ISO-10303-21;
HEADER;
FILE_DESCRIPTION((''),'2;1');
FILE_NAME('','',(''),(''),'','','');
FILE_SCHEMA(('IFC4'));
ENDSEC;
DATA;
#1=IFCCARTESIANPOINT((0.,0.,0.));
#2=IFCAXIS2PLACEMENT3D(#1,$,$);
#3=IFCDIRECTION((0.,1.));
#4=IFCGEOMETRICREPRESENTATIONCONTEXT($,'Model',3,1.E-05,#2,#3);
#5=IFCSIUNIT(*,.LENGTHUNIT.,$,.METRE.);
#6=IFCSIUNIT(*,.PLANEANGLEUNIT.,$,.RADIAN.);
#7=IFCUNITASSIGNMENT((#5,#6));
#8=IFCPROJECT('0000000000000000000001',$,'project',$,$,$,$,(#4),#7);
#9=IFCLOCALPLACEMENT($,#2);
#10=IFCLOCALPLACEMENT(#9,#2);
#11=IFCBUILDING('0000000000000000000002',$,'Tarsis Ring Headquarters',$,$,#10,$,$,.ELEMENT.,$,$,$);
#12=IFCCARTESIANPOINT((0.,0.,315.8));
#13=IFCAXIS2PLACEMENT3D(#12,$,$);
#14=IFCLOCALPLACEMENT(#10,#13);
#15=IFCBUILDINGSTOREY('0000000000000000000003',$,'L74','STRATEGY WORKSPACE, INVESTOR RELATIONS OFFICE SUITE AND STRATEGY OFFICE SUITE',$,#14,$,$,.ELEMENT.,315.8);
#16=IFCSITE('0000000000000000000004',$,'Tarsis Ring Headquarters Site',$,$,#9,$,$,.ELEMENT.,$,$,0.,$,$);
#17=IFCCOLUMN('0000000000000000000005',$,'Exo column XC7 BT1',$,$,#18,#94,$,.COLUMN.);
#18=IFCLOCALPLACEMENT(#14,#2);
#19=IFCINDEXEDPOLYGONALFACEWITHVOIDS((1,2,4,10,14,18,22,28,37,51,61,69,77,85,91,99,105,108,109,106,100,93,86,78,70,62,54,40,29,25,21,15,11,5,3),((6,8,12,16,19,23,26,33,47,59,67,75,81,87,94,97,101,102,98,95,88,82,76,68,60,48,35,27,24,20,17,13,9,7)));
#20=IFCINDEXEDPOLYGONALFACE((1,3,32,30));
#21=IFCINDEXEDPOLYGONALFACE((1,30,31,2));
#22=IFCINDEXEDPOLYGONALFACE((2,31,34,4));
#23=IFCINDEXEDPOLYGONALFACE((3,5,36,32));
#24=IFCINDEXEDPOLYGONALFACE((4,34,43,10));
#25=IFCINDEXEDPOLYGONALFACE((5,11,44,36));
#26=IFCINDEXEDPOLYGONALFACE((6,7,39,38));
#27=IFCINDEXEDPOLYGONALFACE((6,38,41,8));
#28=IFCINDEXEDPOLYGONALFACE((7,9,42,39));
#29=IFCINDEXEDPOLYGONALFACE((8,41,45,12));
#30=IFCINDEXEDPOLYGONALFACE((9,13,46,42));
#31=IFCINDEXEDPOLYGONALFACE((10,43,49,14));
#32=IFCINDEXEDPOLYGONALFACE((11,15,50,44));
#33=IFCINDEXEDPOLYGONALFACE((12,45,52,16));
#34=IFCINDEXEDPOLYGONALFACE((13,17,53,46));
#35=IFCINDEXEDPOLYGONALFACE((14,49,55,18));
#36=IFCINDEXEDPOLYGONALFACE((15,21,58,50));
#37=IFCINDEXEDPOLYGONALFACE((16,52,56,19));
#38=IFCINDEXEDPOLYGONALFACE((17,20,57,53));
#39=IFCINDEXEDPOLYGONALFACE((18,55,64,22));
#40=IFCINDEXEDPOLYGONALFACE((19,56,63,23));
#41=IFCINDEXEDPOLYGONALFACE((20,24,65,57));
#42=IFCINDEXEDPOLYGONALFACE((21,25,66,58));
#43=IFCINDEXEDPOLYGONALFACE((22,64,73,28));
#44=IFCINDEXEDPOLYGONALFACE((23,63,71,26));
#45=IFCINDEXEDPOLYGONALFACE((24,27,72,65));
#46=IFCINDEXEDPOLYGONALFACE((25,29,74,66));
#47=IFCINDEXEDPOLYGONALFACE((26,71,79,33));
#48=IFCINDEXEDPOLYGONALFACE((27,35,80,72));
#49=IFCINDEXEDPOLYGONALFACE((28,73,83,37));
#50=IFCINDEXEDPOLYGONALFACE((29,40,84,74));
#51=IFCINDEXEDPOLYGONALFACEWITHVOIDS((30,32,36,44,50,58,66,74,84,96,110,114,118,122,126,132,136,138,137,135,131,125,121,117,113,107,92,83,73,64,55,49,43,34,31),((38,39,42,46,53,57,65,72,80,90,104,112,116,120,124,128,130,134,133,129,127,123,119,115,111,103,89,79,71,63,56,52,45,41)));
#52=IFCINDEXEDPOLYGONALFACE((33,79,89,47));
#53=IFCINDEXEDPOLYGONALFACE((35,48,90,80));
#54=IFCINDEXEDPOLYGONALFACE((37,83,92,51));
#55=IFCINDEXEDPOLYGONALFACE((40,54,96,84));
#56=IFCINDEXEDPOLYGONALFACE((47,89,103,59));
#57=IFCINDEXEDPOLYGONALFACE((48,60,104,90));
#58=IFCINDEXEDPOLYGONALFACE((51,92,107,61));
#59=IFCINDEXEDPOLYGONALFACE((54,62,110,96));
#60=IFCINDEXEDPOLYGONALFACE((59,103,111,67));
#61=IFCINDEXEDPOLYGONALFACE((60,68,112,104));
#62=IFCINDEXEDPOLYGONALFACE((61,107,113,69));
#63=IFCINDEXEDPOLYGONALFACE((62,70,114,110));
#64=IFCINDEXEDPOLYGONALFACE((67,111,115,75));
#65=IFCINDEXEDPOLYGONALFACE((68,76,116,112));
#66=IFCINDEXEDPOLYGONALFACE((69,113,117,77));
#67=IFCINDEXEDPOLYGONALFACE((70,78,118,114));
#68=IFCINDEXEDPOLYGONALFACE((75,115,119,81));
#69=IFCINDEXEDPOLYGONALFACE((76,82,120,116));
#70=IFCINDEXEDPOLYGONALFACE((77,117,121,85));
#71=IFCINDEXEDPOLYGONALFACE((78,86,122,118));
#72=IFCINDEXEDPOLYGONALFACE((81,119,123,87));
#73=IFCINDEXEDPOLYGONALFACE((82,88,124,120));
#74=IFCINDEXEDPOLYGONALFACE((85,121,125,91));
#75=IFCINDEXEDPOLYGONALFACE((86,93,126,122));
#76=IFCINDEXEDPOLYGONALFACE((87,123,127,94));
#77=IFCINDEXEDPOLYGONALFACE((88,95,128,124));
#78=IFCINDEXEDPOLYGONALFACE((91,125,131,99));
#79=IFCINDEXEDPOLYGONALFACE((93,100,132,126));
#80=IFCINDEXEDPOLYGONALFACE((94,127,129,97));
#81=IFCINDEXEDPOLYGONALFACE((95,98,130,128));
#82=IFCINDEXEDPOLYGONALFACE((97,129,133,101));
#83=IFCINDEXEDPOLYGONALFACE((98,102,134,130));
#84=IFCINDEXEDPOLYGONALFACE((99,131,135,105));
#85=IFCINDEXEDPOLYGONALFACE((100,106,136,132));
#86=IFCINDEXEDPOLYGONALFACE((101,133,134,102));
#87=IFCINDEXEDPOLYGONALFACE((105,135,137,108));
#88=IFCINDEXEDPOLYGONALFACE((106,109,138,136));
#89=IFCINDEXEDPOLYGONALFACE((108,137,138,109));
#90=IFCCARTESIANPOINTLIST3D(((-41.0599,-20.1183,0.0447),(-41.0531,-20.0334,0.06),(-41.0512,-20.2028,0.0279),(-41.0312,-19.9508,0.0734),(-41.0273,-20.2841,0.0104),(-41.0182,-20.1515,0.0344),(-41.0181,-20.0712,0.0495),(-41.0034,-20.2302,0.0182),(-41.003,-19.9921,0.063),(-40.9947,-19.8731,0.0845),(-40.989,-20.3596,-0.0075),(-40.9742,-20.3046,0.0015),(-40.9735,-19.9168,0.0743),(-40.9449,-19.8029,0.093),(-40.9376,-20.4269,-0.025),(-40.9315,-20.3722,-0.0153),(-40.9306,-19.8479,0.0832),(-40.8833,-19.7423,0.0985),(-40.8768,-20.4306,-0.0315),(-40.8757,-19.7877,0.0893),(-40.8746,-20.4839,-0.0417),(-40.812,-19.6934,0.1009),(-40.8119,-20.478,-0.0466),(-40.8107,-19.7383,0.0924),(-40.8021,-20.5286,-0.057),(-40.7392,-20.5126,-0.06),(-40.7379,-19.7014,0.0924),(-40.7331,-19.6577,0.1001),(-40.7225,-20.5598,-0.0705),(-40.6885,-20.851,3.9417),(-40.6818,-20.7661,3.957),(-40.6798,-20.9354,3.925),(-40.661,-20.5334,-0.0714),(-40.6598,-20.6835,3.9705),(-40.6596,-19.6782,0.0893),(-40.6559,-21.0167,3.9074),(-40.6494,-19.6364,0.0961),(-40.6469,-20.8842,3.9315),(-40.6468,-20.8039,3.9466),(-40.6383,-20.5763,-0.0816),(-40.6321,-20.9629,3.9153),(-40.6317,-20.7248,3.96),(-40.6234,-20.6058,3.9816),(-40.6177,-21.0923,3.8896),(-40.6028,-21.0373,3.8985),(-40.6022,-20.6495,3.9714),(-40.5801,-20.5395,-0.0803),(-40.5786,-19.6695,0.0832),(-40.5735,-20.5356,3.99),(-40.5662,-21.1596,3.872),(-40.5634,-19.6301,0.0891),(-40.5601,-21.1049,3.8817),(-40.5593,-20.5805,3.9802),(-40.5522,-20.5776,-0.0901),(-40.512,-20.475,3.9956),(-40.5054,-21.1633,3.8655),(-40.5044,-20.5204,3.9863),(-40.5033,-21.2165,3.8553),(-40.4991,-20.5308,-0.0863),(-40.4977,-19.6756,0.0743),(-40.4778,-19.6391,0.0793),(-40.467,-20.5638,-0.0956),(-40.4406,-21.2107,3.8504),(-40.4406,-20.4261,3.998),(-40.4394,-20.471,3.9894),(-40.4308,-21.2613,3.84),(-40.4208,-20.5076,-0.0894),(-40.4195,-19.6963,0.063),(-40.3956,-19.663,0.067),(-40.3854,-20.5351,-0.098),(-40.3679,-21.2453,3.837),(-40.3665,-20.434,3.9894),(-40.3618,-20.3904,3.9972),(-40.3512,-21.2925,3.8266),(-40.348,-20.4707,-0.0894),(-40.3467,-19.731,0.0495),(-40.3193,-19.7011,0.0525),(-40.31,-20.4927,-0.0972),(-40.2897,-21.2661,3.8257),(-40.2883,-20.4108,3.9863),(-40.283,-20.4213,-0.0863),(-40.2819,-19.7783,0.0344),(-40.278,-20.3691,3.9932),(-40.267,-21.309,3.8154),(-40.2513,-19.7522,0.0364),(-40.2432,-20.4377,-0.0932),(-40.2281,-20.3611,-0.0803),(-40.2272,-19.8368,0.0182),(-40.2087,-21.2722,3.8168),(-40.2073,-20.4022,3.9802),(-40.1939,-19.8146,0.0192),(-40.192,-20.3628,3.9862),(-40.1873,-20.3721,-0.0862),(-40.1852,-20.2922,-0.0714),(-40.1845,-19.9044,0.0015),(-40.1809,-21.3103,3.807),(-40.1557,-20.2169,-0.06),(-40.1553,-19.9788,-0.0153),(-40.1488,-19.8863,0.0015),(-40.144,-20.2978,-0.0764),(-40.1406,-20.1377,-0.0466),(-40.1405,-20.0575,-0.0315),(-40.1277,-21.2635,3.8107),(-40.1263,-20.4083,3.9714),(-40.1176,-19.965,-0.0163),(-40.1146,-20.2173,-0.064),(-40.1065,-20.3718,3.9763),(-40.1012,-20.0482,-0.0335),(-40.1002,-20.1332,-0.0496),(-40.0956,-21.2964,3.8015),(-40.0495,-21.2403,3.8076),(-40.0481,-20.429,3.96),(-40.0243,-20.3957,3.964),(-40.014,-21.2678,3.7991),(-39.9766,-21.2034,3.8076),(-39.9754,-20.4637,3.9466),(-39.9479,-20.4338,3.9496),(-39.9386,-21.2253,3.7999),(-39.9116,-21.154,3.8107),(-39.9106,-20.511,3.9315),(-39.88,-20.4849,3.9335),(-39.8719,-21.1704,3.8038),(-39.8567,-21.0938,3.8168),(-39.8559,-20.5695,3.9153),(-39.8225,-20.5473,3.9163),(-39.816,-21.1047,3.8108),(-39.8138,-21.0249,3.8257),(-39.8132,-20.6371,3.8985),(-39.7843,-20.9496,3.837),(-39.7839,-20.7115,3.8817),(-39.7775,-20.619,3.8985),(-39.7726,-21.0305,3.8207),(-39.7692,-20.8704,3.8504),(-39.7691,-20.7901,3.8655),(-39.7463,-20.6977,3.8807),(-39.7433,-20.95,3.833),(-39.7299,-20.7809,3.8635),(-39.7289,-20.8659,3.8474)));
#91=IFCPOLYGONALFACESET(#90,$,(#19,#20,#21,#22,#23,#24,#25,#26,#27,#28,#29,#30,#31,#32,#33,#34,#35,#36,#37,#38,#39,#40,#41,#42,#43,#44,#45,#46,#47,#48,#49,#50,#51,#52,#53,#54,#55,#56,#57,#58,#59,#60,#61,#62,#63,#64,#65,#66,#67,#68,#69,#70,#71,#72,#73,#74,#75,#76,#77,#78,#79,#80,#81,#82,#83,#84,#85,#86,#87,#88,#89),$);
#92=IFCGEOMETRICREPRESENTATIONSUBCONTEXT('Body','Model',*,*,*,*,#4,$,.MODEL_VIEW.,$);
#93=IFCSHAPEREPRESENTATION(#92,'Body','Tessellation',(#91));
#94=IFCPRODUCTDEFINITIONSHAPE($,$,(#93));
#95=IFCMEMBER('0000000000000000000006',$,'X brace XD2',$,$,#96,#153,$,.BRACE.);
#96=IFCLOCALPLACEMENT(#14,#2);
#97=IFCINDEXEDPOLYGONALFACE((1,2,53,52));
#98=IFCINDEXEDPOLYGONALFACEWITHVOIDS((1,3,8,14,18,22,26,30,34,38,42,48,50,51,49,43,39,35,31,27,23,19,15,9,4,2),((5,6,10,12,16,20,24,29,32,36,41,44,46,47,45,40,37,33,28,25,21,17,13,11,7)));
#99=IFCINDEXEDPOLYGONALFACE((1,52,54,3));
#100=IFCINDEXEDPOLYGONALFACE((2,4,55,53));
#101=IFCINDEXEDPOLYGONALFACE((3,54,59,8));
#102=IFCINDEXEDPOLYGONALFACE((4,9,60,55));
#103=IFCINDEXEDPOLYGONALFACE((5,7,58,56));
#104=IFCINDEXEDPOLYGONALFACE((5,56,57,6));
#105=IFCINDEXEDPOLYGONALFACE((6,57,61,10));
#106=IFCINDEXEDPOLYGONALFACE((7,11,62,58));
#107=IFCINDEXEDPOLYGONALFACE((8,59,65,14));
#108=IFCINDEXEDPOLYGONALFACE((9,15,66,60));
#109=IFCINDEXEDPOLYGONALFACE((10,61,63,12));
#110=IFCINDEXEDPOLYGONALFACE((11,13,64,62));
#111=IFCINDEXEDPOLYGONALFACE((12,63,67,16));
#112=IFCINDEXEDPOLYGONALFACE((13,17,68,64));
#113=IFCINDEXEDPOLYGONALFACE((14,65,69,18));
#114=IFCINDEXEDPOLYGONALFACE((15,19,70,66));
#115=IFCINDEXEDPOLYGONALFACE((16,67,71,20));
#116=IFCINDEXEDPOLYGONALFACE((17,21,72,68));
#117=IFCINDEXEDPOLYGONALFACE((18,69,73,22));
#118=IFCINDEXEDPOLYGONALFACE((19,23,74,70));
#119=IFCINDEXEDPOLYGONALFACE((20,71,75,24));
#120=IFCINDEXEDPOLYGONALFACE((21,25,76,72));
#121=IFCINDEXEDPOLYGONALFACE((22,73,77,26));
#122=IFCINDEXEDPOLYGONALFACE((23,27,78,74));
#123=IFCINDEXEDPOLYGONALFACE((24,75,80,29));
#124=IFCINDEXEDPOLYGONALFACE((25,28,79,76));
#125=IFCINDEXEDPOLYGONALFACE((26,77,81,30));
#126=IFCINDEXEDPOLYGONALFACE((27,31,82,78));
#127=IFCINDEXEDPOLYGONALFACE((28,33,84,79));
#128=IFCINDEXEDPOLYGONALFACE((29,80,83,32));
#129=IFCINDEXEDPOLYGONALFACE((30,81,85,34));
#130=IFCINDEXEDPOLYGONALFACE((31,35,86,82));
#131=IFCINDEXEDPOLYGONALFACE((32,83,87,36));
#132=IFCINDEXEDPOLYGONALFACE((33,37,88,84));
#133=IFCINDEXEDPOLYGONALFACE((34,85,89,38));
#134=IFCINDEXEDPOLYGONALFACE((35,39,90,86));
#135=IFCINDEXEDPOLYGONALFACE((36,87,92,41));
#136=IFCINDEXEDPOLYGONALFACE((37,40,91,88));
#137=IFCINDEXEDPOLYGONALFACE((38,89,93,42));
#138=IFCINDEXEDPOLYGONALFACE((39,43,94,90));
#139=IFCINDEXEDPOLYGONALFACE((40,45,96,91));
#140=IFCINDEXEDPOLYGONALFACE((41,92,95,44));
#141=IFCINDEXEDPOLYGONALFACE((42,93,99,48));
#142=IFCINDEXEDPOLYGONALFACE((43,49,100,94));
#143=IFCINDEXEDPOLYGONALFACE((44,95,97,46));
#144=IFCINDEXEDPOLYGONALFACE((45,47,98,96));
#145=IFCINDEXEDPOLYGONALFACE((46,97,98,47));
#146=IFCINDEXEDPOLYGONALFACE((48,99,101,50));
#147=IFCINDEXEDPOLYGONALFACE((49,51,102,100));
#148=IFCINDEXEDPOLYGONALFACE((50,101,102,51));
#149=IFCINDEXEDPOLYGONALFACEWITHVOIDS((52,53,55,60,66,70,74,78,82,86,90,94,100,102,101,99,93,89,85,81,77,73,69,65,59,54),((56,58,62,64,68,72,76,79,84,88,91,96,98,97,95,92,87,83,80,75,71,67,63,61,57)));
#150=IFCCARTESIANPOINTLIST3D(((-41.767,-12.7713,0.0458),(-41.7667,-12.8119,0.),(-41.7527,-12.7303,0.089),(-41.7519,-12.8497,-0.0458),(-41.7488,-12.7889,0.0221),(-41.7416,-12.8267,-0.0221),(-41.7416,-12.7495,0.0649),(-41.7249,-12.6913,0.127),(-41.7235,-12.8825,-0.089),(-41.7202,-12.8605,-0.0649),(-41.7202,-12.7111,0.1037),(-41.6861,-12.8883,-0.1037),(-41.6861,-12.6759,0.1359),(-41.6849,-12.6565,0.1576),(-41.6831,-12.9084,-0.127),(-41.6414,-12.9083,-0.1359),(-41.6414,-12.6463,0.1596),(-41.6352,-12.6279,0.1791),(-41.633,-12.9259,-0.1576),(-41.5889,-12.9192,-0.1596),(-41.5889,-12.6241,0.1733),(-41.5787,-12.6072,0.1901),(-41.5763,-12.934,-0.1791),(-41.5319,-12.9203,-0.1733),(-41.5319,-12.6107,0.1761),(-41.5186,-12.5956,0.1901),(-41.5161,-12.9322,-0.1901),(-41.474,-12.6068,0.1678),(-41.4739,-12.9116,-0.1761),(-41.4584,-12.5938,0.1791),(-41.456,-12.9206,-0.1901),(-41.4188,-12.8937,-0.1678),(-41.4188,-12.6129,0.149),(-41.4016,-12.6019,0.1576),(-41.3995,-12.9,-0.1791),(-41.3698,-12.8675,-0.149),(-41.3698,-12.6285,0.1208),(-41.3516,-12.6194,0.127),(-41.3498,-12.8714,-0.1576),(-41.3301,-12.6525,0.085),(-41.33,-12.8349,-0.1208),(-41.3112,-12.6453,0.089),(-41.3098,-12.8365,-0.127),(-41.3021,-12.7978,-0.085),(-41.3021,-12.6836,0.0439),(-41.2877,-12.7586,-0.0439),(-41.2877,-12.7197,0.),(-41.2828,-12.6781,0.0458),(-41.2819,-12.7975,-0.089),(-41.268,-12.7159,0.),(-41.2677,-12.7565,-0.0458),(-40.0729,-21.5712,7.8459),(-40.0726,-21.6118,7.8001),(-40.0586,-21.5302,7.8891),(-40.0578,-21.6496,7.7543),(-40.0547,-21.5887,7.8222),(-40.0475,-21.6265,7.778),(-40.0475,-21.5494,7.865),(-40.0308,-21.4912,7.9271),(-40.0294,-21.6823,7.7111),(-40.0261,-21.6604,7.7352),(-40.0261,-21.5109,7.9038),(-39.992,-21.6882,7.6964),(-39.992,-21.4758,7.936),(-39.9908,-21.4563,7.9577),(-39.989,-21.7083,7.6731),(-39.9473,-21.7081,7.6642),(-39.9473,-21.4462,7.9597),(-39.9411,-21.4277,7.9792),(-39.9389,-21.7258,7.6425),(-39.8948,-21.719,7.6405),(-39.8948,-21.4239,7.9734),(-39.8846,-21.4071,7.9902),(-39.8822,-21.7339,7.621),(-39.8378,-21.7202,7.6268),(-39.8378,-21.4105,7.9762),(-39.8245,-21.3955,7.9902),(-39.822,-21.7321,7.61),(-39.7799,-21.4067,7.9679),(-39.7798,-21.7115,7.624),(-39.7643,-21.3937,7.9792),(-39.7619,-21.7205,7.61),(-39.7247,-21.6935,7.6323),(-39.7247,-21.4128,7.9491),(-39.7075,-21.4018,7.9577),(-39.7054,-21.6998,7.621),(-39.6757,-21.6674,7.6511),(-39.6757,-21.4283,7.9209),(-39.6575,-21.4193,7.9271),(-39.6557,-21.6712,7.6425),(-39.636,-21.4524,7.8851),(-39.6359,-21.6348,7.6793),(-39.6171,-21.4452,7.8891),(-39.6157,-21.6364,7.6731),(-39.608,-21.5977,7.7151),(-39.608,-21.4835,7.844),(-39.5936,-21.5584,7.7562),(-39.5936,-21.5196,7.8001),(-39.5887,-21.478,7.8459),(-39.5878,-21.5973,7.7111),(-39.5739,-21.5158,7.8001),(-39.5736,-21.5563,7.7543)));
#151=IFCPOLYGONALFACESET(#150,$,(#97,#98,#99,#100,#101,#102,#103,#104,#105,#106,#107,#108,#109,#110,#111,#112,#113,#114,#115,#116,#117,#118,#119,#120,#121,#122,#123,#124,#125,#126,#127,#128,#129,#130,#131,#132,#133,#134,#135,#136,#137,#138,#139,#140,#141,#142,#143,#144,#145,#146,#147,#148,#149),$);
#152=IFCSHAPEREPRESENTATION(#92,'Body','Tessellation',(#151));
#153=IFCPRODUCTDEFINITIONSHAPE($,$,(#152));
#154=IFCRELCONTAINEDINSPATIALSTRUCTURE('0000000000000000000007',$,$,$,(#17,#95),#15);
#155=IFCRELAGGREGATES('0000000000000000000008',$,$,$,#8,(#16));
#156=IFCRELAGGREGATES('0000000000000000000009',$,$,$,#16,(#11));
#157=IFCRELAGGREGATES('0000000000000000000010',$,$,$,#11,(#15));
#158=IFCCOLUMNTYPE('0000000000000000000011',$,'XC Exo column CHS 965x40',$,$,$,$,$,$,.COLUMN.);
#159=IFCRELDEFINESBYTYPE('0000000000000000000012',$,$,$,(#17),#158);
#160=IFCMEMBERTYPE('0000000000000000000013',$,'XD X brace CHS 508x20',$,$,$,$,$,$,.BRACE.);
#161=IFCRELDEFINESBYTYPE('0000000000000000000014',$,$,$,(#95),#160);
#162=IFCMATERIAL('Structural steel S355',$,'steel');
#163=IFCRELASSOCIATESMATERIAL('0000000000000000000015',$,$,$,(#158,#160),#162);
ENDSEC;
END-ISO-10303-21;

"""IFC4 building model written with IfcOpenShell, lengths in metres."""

from ifc_helpers import new_model, si_unit, direction, frame, origin, origin_2d, place, context, subcontext, project, spatial, hollow_circle, extrude, material, material_profile, profile_set, type_object, element, save


model = new_model("IFC4")

# Units and contexts
model_context = context("Model", 3, precision=1e-05, world=origin(), true_north=direction((0.0, 1.0)))
body_context = subcontext(model_context, "Body", "Model", "MODEL_VIEW")
ifc_project = project(units=[si_unit("LENGTHUNIT", "METRE"), si_unit("PLANEANGLEUNIT", "RADIAN")], contexts=[model_context])

# Site, building, storey
site_placement = place(None, origin())
site = spatial("IfcSite", under=ifc_project, at=site_placement, Name="Tarsis Ring Headquarters Site", CompositionType="ELEMENT", RefElevation=0.0)
building_placement = place(site_placement, origin())
building = spatial("IfcBuilding", under=site, at=building_placement, Name="Tarsis Ring Headquarters", CompositionType="ELEMENT")
storey_placement = place(building_placement, frame((0.0, 0.0, 315.8)))
storey = spatial("IfcBuildingStorey", under=building, at=storey_placement, Name="L74", Description="STRATEGY WORKSPACE, INVESTOR RELATIONS OFFICE SUITE AND STRATEGY OFFICE SUITE", CompositionType="ELEMENT", Elevation=315.8)

# Column
ifc_material_1 = material(Name="Structural steel S355", Category="steel")
ifc_material_profile_1 = material_profile(ifc_material_1, hollow_circle(Radius=0.4827, WallThickness=0.04, at=origin_2d()), Name="CHS 965x40")
ifc_profile_set_1 = profile_set([ifc_material_profile_1], Name="Structural steel S355")
column_type = type_object("IfcColumnType", Name="XC Exo column CHS 965x40", PredefinedType="COLUMN", material=ifc_profile_set_1)
column_placement = place(storey_placement, frame((-40.5793, -20.1045, 0.0015), z_axis=(0.09324, -0.183967, 0.9785), x_axis=(0.891977, 0.452081, 0.0)))
element("IfcColumn", 1, at=column_placement, inside=storey, type_object=column_type, Name="Exo column XC7 BT1", PredefinedType="COLUMN", context=body_context, shape_type="SweptSolid", body=[
    extrude(hollow_circle(Radius=0.4827, WallThickness=0.04, at=origin_2d()), origin(), (0.0, 0.0, 1.0), 3.9827),
])

# Member
ifc_material_profile_2 = material_profile(ifc_material_1, hollow_circle(Radius=0.2539, WallThickness=0.02, at=origin_2d()), Name="CHS 508x20")
ifc_profile_set_2 = profile_set([ifc_material_profile_2], Name="Structural steel S355")
member_type = type_object("IfcMemberType", Name="XD X brace CHS 508x20", PredefinedType="BRACE", material=ifc_profile_set_2)
member_1_placement = place(storey_placement, frame((-41.5173, -12.7639, 0.0), z_axis=(0.142594, -0.740691, 0.65654), x_axis=(0.981969, 0.189043, 0.0)))
element("IfcMember", 2, at=member_1_placement, inside=storey, type_object=member_type, Name="X brace XD2", PredefinedType="BRACE", context=body_context, shape_type="SweptSolid", body=[
    extrude(hollow_circle(Radius=0.2539, WallThickness=0.02, at=origin_2d()), origin(), (0.0, 0.0, 1.0), 11.8806),
])

save(model, "model.ifc")
